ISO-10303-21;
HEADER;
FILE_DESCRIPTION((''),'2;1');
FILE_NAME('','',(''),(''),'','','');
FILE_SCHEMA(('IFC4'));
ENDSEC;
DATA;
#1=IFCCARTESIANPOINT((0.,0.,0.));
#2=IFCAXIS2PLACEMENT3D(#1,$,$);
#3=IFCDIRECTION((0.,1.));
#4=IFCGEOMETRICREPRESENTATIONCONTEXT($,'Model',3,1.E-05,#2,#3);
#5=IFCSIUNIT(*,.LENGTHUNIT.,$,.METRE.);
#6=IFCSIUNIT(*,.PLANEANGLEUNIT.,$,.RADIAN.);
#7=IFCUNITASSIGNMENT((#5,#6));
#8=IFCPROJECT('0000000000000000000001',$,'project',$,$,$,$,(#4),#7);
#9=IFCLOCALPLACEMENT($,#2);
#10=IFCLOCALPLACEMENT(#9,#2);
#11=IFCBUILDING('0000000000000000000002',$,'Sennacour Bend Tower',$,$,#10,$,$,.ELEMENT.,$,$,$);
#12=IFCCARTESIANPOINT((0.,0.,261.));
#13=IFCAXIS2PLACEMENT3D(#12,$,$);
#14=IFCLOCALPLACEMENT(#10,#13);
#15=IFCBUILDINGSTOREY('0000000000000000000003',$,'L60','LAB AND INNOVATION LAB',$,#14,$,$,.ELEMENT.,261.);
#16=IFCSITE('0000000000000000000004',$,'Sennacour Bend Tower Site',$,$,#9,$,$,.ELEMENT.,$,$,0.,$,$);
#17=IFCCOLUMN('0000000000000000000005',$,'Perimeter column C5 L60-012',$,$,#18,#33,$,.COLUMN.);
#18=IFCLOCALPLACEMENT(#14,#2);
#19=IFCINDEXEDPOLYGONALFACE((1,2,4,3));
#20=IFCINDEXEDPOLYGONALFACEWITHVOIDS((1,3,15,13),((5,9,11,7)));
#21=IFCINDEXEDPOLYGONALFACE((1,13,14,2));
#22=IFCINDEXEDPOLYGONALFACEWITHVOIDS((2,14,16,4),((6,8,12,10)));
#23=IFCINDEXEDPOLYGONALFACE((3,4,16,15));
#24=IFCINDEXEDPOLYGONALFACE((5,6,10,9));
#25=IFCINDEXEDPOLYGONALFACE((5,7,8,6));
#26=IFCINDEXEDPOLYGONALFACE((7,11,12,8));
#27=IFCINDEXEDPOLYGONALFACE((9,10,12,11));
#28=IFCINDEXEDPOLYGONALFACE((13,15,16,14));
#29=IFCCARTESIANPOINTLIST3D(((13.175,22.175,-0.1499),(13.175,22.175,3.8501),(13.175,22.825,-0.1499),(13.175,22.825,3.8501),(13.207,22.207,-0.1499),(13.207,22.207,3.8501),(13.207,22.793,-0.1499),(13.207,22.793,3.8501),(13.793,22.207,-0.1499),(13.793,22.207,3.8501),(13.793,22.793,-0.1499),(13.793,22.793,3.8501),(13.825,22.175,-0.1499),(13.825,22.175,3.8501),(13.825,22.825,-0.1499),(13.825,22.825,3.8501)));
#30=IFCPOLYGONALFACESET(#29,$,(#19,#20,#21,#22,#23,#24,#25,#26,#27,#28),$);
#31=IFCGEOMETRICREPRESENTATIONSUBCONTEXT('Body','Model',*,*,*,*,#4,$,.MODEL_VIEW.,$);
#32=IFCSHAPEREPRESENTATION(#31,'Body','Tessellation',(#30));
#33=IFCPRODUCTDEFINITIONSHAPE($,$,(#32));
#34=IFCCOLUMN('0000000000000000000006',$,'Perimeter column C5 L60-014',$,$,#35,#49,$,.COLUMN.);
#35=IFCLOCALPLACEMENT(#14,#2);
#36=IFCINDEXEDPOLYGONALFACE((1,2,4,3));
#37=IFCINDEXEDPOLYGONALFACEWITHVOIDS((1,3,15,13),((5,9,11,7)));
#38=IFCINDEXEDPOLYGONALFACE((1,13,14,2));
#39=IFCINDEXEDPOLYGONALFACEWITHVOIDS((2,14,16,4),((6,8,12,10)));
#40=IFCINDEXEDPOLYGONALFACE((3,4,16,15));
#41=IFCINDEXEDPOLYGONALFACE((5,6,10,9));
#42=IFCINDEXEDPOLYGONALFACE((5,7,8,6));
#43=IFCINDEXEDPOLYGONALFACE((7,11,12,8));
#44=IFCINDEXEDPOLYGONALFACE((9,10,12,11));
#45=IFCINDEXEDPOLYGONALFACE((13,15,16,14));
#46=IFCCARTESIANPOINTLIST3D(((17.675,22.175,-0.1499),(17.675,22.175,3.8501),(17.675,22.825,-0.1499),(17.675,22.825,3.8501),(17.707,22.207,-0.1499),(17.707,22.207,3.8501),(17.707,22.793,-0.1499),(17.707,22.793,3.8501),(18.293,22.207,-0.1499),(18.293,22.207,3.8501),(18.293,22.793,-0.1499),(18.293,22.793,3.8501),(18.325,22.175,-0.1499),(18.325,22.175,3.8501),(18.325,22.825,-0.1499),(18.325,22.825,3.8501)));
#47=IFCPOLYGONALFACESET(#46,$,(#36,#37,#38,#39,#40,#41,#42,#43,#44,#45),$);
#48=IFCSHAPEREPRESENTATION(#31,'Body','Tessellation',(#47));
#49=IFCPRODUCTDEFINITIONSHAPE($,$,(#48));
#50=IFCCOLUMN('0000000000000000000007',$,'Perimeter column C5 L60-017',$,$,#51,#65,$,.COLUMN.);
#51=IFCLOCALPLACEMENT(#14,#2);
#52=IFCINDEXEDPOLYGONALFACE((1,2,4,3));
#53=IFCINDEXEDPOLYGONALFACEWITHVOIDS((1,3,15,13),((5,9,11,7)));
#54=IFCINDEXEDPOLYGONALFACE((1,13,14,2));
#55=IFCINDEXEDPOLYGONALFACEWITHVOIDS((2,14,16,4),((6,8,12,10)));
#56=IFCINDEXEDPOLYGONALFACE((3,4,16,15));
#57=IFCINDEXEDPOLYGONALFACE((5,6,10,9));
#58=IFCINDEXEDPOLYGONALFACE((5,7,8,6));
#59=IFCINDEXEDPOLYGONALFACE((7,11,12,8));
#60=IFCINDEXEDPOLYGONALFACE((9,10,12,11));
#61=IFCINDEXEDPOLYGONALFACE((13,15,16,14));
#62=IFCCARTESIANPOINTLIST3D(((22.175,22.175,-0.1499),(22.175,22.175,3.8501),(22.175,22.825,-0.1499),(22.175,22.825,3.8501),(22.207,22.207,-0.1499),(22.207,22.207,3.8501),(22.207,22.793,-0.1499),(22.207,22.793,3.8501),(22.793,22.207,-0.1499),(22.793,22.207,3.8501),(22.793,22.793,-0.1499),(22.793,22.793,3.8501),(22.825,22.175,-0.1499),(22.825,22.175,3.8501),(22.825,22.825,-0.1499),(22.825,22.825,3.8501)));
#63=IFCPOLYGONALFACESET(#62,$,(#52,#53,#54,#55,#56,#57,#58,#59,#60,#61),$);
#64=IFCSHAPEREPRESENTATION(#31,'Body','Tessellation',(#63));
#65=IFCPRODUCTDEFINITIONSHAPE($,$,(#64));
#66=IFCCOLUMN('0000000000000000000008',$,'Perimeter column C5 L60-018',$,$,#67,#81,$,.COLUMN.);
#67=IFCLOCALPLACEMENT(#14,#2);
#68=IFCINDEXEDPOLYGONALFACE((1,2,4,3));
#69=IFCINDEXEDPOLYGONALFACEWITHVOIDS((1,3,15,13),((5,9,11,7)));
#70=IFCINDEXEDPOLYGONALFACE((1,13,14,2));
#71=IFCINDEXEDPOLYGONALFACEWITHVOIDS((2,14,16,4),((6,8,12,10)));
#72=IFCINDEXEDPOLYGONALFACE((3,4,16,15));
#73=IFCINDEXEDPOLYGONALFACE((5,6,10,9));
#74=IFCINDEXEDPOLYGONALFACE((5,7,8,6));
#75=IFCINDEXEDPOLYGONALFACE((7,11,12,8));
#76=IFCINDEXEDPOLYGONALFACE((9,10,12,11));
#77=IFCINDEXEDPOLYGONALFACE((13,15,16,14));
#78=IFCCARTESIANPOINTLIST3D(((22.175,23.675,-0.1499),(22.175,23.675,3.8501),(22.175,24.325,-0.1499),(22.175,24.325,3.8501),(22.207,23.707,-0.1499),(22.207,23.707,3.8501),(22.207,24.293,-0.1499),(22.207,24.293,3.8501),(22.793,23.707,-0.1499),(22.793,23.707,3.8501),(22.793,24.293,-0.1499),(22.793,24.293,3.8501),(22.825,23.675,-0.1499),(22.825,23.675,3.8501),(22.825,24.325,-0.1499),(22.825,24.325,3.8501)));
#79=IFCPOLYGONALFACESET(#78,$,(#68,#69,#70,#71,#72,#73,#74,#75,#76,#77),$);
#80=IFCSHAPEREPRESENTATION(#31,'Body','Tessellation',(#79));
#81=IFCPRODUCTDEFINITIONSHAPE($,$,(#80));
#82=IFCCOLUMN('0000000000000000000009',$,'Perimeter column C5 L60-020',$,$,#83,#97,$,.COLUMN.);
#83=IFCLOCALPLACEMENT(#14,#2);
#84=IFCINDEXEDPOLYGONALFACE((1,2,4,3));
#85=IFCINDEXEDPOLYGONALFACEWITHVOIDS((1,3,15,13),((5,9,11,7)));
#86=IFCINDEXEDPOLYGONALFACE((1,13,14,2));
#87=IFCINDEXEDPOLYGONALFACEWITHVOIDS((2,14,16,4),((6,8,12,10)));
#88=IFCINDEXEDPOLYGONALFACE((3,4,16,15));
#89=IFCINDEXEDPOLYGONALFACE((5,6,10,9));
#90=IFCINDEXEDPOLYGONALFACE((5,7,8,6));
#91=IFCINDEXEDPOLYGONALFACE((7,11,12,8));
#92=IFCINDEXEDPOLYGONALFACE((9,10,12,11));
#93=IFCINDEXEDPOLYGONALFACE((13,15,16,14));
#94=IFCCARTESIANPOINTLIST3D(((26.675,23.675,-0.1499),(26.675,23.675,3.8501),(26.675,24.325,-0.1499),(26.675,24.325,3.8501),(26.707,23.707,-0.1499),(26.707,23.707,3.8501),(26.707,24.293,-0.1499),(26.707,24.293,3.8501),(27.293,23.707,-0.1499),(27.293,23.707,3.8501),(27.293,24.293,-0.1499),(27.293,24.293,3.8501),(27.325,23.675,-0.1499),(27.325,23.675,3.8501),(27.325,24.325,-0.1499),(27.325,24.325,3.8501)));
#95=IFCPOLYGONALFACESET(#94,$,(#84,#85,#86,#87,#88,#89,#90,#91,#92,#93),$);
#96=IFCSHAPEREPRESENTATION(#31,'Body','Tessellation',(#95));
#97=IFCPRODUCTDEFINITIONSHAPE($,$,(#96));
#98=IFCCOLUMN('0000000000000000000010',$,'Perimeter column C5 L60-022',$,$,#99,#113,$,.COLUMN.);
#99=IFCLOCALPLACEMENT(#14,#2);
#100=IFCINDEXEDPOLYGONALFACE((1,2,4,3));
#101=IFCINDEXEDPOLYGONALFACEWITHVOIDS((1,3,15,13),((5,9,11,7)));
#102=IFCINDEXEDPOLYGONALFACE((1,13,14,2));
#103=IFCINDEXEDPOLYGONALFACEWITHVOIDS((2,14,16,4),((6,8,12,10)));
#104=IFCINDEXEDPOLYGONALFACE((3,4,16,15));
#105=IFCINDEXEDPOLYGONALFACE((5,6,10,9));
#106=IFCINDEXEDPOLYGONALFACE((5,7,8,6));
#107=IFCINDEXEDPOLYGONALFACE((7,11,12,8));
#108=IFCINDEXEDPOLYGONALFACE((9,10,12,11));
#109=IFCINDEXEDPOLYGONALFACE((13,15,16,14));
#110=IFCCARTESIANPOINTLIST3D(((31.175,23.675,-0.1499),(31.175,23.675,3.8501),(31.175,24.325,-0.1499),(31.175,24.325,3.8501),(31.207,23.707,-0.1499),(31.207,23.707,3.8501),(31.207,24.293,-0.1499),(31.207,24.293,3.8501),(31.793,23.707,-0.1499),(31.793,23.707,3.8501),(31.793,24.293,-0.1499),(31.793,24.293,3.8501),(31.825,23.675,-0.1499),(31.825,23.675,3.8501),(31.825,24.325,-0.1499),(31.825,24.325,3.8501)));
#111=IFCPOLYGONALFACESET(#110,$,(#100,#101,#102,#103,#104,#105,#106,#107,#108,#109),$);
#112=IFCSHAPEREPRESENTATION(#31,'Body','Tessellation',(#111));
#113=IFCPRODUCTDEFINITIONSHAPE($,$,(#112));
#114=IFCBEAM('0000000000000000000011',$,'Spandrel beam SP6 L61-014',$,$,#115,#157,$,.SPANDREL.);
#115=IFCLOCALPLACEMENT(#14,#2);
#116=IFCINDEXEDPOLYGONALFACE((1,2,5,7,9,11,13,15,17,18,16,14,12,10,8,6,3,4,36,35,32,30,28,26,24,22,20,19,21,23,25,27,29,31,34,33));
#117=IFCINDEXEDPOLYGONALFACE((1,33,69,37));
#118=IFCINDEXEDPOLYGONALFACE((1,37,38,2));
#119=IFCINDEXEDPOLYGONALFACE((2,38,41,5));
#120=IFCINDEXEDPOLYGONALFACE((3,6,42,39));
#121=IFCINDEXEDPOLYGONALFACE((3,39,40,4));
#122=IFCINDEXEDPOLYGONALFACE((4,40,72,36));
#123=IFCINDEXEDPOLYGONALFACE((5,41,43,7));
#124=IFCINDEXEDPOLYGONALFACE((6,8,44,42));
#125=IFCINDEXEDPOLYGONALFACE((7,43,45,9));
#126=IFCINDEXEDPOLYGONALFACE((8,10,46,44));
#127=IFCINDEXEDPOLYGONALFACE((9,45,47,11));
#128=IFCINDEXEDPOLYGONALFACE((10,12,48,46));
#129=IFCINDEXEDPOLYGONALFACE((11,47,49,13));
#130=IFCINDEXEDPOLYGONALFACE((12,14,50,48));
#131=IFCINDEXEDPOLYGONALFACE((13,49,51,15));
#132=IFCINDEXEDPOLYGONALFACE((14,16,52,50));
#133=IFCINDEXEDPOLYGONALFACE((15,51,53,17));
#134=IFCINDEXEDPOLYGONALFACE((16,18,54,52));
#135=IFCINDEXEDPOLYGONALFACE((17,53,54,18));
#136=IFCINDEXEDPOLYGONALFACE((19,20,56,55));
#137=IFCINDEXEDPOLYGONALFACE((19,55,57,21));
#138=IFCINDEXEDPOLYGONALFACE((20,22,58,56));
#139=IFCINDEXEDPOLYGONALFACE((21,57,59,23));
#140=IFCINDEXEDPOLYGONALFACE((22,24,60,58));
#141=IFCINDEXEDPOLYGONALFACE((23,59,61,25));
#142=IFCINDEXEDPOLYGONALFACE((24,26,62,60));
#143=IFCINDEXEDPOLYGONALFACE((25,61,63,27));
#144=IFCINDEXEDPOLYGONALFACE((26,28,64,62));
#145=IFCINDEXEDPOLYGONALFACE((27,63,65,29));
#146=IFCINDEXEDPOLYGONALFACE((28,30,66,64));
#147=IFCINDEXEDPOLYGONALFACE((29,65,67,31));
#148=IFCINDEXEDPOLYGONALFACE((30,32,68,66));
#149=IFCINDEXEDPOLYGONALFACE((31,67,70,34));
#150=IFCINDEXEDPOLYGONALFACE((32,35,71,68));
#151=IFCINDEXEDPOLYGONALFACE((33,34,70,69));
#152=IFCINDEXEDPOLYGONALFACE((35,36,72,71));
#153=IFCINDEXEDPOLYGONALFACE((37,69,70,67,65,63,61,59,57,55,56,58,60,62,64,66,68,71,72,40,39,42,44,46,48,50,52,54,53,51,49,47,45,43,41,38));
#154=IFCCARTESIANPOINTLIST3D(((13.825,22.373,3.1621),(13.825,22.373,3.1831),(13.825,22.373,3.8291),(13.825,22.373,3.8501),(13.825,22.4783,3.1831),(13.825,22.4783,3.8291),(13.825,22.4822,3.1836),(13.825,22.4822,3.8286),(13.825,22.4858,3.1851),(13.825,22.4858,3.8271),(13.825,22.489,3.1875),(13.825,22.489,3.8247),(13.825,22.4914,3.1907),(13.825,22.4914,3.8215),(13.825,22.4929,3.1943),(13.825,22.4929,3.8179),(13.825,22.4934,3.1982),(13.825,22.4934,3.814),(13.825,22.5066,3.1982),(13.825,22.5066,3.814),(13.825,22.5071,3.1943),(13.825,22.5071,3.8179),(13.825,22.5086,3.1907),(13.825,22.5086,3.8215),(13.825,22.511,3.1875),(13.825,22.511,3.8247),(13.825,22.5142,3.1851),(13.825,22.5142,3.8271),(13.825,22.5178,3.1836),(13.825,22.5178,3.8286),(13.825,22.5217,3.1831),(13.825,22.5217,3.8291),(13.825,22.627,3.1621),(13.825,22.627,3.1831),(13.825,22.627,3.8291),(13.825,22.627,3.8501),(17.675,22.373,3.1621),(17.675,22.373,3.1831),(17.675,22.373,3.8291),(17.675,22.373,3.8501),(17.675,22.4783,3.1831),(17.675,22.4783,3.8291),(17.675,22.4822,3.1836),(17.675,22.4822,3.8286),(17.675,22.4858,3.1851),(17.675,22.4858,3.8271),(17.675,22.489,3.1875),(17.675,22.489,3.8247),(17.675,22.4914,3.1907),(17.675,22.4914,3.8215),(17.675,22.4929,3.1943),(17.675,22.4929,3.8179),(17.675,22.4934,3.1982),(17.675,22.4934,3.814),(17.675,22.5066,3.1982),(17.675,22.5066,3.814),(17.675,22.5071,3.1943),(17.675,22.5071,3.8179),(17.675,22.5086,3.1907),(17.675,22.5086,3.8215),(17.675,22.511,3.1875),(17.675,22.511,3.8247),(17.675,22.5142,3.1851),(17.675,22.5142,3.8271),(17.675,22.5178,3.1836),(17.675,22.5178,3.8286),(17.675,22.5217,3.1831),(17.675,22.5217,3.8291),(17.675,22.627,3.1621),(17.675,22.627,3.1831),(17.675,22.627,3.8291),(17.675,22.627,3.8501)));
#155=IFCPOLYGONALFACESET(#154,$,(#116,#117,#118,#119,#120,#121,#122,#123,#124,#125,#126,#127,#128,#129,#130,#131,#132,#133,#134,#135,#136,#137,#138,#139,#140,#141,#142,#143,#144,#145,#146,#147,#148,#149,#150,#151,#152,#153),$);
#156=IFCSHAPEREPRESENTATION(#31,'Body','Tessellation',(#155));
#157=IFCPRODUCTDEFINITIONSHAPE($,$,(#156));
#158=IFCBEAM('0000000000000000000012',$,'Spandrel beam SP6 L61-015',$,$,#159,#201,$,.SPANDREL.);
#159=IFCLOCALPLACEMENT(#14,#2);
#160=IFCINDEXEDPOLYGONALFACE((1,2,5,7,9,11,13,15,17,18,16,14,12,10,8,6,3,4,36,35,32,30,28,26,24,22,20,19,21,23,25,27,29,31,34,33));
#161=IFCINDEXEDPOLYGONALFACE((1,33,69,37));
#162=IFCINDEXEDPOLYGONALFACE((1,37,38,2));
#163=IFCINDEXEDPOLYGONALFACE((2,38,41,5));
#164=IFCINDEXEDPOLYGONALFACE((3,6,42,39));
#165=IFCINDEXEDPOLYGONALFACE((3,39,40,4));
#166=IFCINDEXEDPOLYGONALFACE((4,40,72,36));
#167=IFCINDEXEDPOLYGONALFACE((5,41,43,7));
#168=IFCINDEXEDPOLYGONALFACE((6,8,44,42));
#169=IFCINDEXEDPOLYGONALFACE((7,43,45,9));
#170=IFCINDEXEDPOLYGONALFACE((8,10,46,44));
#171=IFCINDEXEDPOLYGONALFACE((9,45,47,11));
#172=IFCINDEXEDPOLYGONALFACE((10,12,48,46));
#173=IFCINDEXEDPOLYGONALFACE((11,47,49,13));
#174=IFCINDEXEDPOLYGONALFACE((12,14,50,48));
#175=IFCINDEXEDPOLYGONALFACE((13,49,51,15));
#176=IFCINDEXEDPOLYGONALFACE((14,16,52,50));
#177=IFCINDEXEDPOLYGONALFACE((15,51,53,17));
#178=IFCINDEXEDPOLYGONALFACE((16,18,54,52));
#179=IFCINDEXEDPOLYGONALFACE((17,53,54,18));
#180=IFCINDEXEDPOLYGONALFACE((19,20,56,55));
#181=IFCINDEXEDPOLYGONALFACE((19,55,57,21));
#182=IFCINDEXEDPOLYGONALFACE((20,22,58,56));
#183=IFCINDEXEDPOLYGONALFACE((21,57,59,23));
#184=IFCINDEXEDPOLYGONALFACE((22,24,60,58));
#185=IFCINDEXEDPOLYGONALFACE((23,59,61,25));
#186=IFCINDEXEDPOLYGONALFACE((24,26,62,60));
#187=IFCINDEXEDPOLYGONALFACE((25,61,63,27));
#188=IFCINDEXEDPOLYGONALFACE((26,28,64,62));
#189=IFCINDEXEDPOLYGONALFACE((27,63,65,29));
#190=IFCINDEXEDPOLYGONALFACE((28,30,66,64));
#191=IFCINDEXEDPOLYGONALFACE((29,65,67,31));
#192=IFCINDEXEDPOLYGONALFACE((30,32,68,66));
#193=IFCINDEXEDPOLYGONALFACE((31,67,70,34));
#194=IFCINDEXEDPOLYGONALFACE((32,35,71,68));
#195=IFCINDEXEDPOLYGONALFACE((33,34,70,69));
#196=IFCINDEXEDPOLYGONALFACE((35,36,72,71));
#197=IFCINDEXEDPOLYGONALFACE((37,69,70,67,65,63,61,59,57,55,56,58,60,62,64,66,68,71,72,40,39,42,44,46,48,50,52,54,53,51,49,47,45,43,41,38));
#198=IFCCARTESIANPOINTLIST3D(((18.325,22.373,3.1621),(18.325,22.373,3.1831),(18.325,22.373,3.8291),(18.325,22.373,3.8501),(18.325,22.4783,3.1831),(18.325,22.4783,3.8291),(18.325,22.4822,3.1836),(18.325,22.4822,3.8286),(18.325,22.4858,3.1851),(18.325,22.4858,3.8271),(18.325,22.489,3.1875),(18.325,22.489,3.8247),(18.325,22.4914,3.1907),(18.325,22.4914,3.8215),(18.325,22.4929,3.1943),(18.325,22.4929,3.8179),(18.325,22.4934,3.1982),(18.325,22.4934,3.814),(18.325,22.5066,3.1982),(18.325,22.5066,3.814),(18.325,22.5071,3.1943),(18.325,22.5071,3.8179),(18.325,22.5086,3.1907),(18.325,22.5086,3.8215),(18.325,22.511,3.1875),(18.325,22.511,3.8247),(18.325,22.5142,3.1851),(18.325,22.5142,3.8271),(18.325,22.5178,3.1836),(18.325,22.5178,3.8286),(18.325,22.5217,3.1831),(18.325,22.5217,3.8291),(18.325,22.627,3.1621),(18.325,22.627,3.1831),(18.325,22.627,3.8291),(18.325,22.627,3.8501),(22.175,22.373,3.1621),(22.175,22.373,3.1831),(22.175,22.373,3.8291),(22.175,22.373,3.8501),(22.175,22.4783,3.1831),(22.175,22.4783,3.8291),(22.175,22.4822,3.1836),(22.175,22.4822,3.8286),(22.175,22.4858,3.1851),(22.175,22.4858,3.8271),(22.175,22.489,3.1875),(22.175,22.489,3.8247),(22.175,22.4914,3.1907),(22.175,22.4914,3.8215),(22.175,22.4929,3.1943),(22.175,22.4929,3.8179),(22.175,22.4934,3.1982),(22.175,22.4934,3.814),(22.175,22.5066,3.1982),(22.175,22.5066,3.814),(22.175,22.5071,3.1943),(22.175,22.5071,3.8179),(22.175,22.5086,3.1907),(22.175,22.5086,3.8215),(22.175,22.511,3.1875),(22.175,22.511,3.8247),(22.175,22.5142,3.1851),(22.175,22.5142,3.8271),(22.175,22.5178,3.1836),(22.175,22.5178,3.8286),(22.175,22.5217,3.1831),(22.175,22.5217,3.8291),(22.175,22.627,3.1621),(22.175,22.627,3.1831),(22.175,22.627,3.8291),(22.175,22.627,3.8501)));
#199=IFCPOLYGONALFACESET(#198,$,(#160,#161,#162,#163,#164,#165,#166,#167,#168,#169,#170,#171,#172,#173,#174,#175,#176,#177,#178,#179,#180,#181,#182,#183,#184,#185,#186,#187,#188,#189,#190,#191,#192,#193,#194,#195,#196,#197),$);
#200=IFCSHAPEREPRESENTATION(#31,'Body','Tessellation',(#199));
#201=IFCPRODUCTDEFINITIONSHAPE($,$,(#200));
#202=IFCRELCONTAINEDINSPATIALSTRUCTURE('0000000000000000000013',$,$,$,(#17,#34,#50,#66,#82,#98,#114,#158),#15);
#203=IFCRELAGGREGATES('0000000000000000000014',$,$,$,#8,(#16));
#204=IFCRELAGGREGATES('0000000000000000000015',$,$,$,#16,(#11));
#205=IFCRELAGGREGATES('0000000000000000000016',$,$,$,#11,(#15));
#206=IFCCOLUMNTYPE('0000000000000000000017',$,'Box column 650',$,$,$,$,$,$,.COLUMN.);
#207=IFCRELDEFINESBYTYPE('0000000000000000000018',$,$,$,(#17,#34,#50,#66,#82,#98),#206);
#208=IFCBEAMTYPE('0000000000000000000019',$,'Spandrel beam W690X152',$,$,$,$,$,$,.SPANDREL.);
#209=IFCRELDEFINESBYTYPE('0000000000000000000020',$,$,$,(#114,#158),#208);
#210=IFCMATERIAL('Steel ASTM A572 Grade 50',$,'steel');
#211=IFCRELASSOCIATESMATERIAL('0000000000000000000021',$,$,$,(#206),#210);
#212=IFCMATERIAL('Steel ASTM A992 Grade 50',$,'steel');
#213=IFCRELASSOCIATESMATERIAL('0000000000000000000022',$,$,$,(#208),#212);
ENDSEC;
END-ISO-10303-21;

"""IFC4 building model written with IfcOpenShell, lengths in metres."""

from ifc_helpers import new_model, si_unit, direction, frame, origin, origin_2d, place, context, subcontext, project, spatial, hollow_rectangle, i_section, extrude, material, material_profile, profile_set, type_object, element, save


model = new_model("IFC4")

# Units and contexts
model_context = context("Model", 3, precision=1e-05, world=origin(), true_north=direction((0.0, 1.0)))
body_context = subcontext(model_context, "Body", "Model", "MODEL_VIEW")
ifc_project = project(units=[si_unit("LENGTHUNIT", "METRE"), si_unit("PLANEANGLEUNIT", "RADIAN")], contexts=[model_context])

# Site, building, storey
site_placement = place(None, origin())
site = spatial("IfcSite", under=ifc_project, at=site_placement, Name="Sennacour Bend Tower Site", CompositionType="ELEMENT", RefElevation=0.0)
building_placement = place(site_placement, origin())
building = spatial("IfcBuilding", under=site, at=building_placement, Name="Sennacour Bend Tower", CompositionType="ELEMENT")
storey_placement = place(building_placement, frame((0.0, 0.0, 261.0)))
storey = spatial("IfcBuildingStorey", under=building, at=storey_placement, Name="L60", Description="LAB AND INNOVATION LAB", CompositionType="ELEMENT", Elevation=261.0)

# Columns
ifc_material_1 = material(Name="Steel ASTM A572 Grade 50", Category="steel")
ifc_material_profile_1 = material_profile(ifc_material_1, hollow_rectangle(XDim=0.6499, YDim=0.6499, WallThickness=0.032, at=origin_2d()), Name="Steel ASTM A572 Grade 50", Category="steel")
ifc_profile_set_1 = profile_set([ifc_material_profile_1], Name="Steel ASTM A572 Grade 50")
column_type = type_object("IfcColumnType", Name="Box column 650", PredefinedType="COLUMN", material=ifc_profile_set_1)
for number, where, z_axis, x_axis, name in (
    (1, (13.5, 22.5, -0.1499), (0.0, 0.0, 1.0), (1.0, 0.0, 0.0), "Perimeter column C5 L60-012"),
    (2, (18.0, 22.5, -0.1499), (0.0, 0.0, 1.0), (1.0, 0.0, 0.0), "Perimeter column C5 L60-014"),
    (3, (22.5, 22.5, -0.1499), (0.0, 0.0, 1.0), (1.0, 0.0, 0.0), "Perimeter column C5 L60-017"),
    (4, (22.5, 24.0, -0.1499), (0.0, 0.0, 1.0), (1.0, 0.0, 0.0), "Perimeter column C5 L60-018"),
    (5, (27.0, 24.0, -0.1499), (0.0, 0.0, 1.0), (1.0, 0.0, 0.0), "Perimeter column C5 L60-020"),
    (6, (31.5, 24.0, -0.1499), (0.0, 0.0, 1.0), (1.0, 0.0, 0.0), "Perimeter column C5 L60-022"),
):
    element("IfcColumn", number, at=place(storey_placement, frame(where, z_axis=z_axis, x_axis=x_axis)), inside=storey, type_object=column_type, Name=name, PredefinedType="COLUMN", context=body_context, shape_type="SweptSolid", body=[
        extrude(hollow_rectangle(XDim=0.6499, YDim=0.6499, WallThickness=0.032, at=origin_2d()), origin(), (0.0, 0.0, 1.0), 4.0),
    ])

# Beams
ifc_material_2 = material(Name="Steel ASTM A992 Grade 50", Category="steel")
ifc_material_profile_2 = material_profile(ifc_material_2, i_section(OverallWidth=0.2539, OverallDepth=0.688, WebThickness=0.0132, FlangeThickness=0.021, FilletRadius=0.0151, at=origin_2d()), Name="Steel ASTM A992 Grade 50", Category="steel")
ifc_profile_set_2 = profile_set([ifc_material_profile_2], Name="Steel ASTM A992 Grade 50")
beam_type = type_object("IfcBeamType", Name="Spandrel beam W690X152", PredefinedType="SPANDREL", material=ifc_profile_set_2)
for number, where, z_axis, x_axis, name in (
    (7, (13.825, 22.5, 3.5061), (1.0, 0.0, 0.0), (0.0, 1.0, 0.0), "Spandrel beam SP6 L61-014"),
    (8, (18.325, 22.5, 3.5061), (1.0, 0.0, 0.0), (0.0, 1.0, 0.0), "Spandrel beam SP6 L61-015"),
):
    element("IfcBeam", number, at=place(storey_placement, frame(where, z_axis=z_axis, x_axis=x_axis)), inside=storey, type_object=beam_type, Name=name, PredefinedType="SPANDREL", context=body_context, shape_type="SweptSolid", body=[
        extrude(i_section(OverallWidth=0.2539, OverallDepth=0.688, WebThickness=0.0132, FlangeThickness=0.021, FilletRadius=0.0151, at=origin_2d()), origin(), (0.0, 0.0, 1.0), 3.8501),
    ])

save(model, "model.ifc")
